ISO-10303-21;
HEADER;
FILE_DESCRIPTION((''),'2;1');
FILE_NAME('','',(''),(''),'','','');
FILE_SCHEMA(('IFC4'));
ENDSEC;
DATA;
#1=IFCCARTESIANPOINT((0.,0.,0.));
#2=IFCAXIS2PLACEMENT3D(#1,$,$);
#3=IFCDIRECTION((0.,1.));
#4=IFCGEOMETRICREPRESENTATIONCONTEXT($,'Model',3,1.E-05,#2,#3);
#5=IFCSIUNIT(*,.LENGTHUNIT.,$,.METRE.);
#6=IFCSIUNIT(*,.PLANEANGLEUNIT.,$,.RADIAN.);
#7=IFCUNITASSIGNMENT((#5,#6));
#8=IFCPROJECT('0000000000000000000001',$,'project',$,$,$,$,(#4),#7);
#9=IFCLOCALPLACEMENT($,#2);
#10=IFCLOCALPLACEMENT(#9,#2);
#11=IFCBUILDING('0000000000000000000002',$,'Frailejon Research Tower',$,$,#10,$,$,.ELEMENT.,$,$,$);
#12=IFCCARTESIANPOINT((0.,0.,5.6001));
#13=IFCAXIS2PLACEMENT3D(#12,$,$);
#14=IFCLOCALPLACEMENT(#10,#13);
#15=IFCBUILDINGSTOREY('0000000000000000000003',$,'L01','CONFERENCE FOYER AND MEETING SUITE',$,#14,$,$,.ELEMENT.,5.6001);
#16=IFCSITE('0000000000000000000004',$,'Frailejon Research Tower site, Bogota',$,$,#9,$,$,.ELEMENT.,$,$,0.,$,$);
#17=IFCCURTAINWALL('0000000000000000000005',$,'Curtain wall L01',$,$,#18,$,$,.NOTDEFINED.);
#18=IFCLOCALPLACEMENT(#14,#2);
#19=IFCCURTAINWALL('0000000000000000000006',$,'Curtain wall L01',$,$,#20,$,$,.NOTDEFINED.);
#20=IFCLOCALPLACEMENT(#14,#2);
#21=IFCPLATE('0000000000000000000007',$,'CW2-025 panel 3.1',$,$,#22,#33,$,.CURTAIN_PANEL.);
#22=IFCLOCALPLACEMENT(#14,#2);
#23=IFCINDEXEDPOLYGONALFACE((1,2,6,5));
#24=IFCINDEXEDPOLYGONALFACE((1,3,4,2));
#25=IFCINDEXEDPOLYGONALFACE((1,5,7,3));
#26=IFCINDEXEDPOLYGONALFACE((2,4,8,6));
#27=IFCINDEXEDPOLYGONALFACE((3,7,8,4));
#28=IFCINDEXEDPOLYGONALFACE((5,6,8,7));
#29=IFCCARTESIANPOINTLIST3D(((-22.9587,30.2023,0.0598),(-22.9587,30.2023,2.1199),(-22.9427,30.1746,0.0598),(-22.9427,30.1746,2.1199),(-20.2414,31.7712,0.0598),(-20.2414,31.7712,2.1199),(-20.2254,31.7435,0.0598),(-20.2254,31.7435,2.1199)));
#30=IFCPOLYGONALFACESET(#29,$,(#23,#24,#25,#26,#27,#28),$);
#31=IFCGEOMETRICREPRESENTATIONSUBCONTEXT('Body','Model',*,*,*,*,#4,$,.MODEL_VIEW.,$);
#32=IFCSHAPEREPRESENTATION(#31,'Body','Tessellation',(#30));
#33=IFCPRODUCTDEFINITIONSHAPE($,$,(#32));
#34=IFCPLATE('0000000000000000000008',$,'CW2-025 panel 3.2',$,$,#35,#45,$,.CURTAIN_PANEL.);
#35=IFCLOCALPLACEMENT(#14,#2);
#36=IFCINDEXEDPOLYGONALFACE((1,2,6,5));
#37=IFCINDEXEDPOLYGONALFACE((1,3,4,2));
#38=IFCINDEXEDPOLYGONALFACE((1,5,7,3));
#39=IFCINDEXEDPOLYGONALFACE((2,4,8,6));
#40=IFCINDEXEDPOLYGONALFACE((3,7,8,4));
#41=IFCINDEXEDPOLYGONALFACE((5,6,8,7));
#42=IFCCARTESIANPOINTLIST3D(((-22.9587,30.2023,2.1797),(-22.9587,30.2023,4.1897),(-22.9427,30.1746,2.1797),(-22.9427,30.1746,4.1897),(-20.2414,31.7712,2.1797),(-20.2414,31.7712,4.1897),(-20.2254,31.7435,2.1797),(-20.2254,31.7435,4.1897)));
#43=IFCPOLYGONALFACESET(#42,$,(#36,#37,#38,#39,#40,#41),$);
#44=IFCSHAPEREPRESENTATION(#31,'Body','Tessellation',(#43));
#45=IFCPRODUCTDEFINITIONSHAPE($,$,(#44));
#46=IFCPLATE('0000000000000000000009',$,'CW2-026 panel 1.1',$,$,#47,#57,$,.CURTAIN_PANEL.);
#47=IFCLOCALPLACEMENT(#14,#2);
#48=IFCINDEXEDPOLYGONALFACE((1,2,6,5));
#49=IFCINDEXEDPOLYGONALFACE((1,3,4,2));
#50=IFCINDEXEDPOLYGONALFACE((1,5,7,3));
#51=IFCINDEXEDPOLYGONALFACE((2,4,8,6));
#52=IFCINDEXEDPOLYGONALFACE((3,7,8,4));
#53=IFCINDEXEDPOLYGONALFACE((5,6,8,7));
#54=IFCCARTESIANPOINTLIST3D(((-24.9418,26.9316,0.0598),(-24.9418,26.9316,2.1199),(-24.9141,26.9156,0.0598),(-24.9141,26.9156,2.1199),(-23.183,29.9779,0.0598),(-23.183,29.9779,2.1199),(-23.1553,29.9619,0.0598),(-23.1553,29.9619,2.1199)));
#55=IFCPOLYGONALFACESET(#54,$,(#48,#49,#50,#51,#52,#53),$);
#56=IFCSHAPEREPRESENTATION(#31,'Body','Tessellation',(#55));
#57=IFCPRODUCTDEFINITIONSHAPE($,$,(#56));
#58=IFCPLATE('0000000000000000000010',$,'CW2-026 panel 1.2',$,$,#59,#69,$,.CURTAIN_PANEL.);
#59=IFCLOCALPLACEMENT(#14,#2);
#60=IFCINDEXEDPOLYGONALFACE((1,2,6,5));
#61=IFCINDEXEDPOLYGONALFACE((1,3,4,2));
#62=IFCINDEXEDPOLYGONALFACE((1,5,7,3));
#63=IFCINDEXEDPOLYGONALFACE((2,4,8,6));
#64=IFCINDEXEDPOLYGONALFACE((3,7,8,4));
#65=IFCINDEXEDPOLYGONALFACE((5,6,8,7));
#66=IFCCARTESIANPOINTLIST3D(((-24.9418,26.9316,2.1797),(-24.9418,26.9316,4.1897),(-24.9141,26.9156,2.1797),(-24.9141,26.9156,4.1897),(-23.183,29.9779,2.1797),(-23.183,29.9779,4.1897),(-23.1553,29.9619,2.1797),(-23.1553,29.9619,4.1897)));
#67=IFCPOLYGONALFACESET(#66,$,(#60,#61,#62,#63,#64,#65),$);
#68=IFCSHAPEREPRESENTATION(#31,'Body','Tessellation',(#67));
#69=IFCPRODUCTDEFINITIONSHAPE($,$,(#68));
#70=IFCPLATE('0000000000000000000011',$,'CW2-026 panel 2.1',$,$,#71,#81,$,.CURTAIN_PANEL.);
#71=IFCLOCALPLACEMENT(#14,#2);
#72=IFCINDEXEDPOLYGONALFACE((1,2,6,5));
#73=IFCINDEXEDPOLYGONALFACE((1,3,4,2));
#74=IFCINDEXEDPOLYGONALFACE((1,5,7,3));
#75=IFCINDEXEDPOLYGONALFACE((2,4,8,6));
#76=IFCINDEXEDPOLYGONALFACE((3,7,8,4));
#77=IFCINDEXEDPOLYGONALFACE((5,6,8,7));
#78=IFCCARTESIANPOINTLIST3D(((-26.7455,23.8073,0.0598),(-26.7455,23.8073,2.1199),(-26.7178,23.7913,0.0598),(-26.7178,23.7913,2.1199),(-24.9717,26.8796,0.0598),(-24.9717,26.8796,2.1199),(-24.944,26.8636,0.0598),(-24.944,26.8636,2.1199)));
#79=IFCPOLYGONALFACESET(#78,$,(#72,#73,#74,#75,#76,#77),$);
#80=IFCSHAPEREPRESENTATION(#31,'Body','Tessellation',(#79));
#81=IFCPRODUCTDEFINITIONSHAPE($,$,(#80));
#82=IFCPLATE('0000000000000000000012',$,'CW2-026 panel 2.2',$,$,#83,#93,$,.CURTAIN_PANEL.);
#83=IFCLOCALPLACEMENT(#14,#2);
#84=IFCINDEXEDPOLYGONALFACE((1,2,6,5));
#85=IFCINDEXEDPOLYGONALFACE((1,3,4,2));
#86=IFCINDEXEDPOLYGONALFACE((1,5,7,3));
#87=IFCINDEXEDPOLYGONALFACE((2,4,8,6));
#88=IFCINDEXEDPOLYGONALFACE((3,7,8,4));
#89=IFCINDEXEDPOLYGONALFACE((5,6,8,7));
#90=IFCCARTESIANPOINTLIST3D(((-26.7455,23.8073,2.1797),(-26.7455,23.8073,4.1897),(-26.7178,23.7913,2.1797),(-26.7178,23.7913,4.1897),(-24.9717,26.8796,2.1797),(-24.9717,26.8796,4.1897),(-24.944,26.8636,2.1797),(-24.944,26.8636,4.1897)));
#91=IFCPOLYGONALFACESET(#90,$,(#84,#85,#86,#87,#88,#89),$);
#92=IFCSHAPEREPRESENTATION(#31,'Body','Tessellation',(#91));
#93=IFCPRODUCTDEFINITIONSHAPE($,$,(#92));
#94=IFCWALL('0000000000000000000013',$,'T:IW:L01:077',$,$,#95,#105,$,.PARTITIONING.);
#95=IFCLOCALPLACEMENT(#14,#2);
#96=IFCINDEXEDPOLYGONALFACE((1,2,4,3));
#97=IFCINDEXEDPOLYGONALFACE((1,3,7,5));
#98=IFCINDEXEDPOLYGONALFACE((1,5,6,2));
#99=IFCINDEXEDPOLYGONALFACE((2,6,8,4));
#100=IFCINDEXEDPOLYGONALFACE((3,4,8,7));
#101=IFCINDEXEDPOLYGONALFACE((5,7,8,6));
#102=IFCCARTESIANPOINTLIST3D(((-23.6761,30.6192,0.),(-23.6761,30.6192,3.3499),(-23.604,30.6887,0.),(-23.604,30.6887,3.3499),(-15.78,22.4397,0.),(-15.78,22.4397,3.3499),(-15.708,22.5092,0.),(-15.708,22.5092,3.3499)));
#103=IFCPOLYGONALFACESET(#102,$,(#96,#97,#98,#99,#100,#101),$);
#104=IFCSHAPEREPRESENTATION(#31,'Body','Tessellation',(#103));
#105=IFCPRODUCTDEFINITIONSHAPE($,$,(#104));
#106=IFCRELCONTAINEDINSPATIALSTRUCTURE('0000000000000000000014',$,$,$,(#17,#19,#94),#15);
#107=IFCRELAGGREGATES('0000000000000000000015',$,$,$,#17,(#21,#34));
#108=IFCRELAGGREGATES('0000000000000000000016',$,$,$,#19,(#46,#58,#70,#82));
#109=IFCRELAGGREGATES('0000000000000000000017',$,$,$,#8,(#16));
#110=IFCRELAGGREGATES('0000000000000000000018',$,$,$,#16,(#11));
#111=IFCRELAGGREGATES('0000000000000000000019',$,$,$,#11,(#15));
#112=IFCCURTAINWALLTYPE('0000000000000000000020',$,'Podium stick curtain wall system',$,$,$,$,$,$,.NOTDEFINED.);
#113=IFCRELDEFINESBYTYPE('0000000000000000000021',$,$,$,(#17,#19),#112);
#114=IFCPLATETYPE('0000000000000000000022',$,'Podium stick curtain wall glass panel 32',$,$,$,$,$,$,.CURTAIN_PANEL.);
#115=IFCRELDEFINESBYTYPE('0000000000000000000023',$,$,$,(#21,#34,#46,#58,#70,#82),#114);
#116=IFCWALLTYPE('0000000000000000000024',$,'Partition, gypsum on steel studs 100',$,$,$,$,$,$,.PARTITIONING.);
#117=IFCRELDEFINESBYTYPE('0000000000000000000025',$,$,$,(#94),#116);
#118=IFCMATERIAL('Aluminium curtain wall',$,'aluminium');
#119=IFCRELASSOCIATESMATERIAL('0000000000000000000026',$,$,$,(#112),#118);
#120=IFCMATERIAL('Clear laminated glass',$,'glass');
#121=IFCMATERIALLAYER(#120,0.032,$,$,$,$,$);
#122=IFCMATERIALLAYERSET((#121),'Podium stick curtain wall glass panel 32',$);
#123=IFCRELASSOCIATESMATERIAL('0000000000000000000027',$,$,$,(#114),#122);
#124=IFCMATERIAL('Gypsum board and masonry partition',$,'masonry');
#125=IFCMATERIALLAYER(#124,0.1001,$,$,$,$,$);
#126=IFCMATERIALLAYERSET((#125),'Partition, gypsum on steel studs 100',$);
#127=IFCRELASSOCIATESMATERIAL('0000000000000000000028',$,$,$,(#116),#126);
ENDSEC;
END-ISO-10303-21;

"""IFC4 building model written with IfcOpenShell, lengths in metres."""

from ifc_helpers import new_model, si_unit, direction, frame, frame_2d, origin, origin_2d, place, context, subcontext, project, spatial, rectangle, extrude, material, layer, layer_set, type_object, element, aggregate, save


model = new_model("IFC4")

# Units and contexts
model_context = context("Model", 3, precision=1e-05, world=origin(), true_north=direction((0.0, 1.0)))
body_context = subcontext(model_context, "Body", "Model", "MODEL_VIEW")
ifc_project = project(units=[si_unit("LENGTHUNIT", "METRE"), si_unit("PLANEANGLEUNIT", "RADIAN")], contexts=[model_context])

# Site, building, storey
site_placement = place(None, origin())
site = spatial("IfcSite", under=ifc_project, at=site_placement, Name="Frailejon Research Tower site, Bogota", CompositionType="ELEMENT", RefElevation=0.0)
building_placement = place(site_placement, origin())
building = spatial("IfcBuilding", under=site, at=building_placement, Name="Frailejon Research Tower", CompositionType="ELEMENT")
storey_placement = place(building_placement, frame((0.0, 0.0, 5.6001)))
storey = spatial("IfcBuildingStorey", under=building, at=storey_placement, Name="L01", Description="CONFERENCE FOYER AND MEETING SUITE", CompositionType="ELEMENT", Elevation=5.6001)

# Curtain wall
ifc_material_1 = material(Name="Aluminium curtain wall", Category="aluminium")
curtain_wall_type = type_object("IfcCurtainWallType", Name="Podium stick curtain wall system", PredefinedType="NOTDEFINED", material=ifc_material_1)
curtain_wall_1_placement = place(storey_placement, origin())
curtain_wall_1 = element("IfcCurtainWall", 1, at=curtain_wall_1_placement, inside=storey, type_object=curtain_wall_type, Name="Curtain wall L01", PredefinedType="NOTDEFINED")

# Curtain wall
curtain_wall_2_placement = place(storey_placement, origin())
curtain_wall_2 = element("IfcCurtainWall", 2, at=curtain_wall_2_placement, inside=storey, type_object=curtain_wall_type, Name="Curtain wall L01", PredefinedType="NOTDEFINED")

# Plates
ifc_material_2 = material(Name="Clear laminated glass", Category="glass")
ifc_layer_1 = layer(ifc_material_2, 0.032)
ifc_layer_set_1 = layer_set([ifc_layer_1], Name="Podium stick curtain wall glass panel 32")
plate_type = type_object("IfcPlateType", Name="Podium stick curtain wall glass panel 32", PredefinedType="CURTAIN_PANEL", material=ifc_layer_set_1)
plate_1_placement = place(storey_placement, frame((-21.592, 30.9729, 0.0598), z_axis=(0.0, 0.0, 1.0), x_axis=(-0.866025, -0.5, 0.0)))
plate_1 = element("IfcPlate", 3, at=plate_1_placement, type_object=plate_type, Name="CW2-025 panel 3.1", PredefinedType="CURTAIN_PANEL", context=body_context, shape_type="SweptSolid", body=[
    extrude(rectangle(XDim=3.1377, YDim=0.032, at=origin_2d()), origin(), (0.0, 0.0, 1.0), 2.0601),
])
plate_2_placement = place(storey_placement, frame((-21.592, 30.9729, 2.1797), z_axis=(0.0, 0.0, 1.0), x_axis=(-0.866025, -0.5, 0.0)))
plate_2 = element("IfcPlate", 4, at=plate_2_placement, type_object=plate_type, Name="CW2-025 panel 3.2", PredefinedType="CURTAIN_PANEL", context=body_context, shape_type="SweptSolid", body=[
    extrude(rectangle(XDim=3.1377, YDim=0.032, at=origin_2d()), origin(), (0.0, 0.0, 1.0), 2.01),
])
aggregate(curtain_wall_1, [plate_1, plate_2])
plate_3_placement = place(storey_placement, frame((-24.0486, 28.4468, 0.0598), z_axis=(0.0, 0.0, 1.0), x_axis=(-0.499998, -0.866026, 0.0)))
plate_3 = element("IfcPlate", 5, at=plate_3_placement, type_object=plate_type, Name="CW2-026 panel 1.1", PredefinedType="CURTAIN_PANEL", context=body_context, shape_type="SweptSolid", body=[
    extrude(rectangle(XDim=3.5176, YDim=0.032, at=origin_2d()), origin(), (0.0, 0.0, 1.0), 2.0601),
])
plate_4_placement = place(storey_placement, frame((-24.0486, 28.4468, 2.1797), z_axis=(0.0, 0.0, 1.0), x_axis=(-0.499998, -0.866026, 0.0)))
plate_4 = element("IfcPlate", 6, at=plate_4_placement, type_object=plate_type, Name="CW2-026 panel 1.2", PredefinedType="CURTAIN_PANEL", context=body_context, shape_type="SweptSolid", body=[
    extrude(rectangle(XDim=3.5176, YDim=0.032, at=origin_2d()), origin(), (0.0, 0.0, 1.0), 2.01),
])
plate_5_placement = place(storey_placement, frame((-25.8447, 25.3354, 0.0598), z_axis=(0.0, 0.0, 1.0), x_axis=(-0.499998, -0.866026, 0.0)))
plate_5 = element("IfcPlate", 7, at=plate_5_placement, type_object=plate_type, Name="CW2-026 panel 2.1", PredefinedType="CURTAIN_PANEL", context=body_context, shape_type="SweptSolid", body=[
    extrude(rectangle(XDim=3.5476, YDim=0.032, at=origin_2d()), origin(), (0.0, 0.0, 1.0), 2.0601),
])
plate_6_placement = place(storey_placement, frame((-25.8447, 25.3354, 2.1797), z_axis=(0.0, 0.0, 1.0), x_axis=(-0.499998, -0.866026, 0.0)))
plate_6 = element("IfcPlate", 8, at=plate_6_placement, type_object=plate_type, Name="CW2-026 panel 2.2", PredefinedType="CURTAIN_PANEL", context=body_context, shape_type="SweptSolid", body=[
    extrude(rectangle(XDim=3.5476, YDim=0.032, at=origin_2d()), origin(), (0.0, 0.0, 1.0), 2.01),
])
aggregate(curtain_wall_2, [plate_3, plate_4, plate_5, plate_6])

# Wall
ifc_material_3 = material(Name="Gypsum board and masonry partition", Category="masonry")
ifc_layer_2 = layer(ifc_material_3, 0.1001)
ifc_layer_set_2 = layer_set([ifc_layer_2], Name="Partition, gypsum on steel studs 100")
wall_type = type_object("IfcWallType", Name="Partition, gypsum on steel studs 100", PredefinedType="PARTITIONING", material=ifc_layer_set_2)
wall_placement = place(storey_placement, frame((-23.6401, 30.6541, 0.0), z_axis=(0.0, 0.0, 1.0), x_axis=(0.694531, -0.719463, 0.0)))
element("IfcWall", 9, at=wall_placement, inside=storey, type_object=wall_type, Name="T:IW:L01:077", PredefinedType="PARTITIONING", context=body_context, shape_type="SweptSolid", body=[
    extrude(rectangle(XDim=11.3689, YDim=0.1001, at=frame_2d((5.6846, 0.0))), origin(), (0.0, 0.0, 1.0), 3.3499),
])

save(model, "model.ifc")
